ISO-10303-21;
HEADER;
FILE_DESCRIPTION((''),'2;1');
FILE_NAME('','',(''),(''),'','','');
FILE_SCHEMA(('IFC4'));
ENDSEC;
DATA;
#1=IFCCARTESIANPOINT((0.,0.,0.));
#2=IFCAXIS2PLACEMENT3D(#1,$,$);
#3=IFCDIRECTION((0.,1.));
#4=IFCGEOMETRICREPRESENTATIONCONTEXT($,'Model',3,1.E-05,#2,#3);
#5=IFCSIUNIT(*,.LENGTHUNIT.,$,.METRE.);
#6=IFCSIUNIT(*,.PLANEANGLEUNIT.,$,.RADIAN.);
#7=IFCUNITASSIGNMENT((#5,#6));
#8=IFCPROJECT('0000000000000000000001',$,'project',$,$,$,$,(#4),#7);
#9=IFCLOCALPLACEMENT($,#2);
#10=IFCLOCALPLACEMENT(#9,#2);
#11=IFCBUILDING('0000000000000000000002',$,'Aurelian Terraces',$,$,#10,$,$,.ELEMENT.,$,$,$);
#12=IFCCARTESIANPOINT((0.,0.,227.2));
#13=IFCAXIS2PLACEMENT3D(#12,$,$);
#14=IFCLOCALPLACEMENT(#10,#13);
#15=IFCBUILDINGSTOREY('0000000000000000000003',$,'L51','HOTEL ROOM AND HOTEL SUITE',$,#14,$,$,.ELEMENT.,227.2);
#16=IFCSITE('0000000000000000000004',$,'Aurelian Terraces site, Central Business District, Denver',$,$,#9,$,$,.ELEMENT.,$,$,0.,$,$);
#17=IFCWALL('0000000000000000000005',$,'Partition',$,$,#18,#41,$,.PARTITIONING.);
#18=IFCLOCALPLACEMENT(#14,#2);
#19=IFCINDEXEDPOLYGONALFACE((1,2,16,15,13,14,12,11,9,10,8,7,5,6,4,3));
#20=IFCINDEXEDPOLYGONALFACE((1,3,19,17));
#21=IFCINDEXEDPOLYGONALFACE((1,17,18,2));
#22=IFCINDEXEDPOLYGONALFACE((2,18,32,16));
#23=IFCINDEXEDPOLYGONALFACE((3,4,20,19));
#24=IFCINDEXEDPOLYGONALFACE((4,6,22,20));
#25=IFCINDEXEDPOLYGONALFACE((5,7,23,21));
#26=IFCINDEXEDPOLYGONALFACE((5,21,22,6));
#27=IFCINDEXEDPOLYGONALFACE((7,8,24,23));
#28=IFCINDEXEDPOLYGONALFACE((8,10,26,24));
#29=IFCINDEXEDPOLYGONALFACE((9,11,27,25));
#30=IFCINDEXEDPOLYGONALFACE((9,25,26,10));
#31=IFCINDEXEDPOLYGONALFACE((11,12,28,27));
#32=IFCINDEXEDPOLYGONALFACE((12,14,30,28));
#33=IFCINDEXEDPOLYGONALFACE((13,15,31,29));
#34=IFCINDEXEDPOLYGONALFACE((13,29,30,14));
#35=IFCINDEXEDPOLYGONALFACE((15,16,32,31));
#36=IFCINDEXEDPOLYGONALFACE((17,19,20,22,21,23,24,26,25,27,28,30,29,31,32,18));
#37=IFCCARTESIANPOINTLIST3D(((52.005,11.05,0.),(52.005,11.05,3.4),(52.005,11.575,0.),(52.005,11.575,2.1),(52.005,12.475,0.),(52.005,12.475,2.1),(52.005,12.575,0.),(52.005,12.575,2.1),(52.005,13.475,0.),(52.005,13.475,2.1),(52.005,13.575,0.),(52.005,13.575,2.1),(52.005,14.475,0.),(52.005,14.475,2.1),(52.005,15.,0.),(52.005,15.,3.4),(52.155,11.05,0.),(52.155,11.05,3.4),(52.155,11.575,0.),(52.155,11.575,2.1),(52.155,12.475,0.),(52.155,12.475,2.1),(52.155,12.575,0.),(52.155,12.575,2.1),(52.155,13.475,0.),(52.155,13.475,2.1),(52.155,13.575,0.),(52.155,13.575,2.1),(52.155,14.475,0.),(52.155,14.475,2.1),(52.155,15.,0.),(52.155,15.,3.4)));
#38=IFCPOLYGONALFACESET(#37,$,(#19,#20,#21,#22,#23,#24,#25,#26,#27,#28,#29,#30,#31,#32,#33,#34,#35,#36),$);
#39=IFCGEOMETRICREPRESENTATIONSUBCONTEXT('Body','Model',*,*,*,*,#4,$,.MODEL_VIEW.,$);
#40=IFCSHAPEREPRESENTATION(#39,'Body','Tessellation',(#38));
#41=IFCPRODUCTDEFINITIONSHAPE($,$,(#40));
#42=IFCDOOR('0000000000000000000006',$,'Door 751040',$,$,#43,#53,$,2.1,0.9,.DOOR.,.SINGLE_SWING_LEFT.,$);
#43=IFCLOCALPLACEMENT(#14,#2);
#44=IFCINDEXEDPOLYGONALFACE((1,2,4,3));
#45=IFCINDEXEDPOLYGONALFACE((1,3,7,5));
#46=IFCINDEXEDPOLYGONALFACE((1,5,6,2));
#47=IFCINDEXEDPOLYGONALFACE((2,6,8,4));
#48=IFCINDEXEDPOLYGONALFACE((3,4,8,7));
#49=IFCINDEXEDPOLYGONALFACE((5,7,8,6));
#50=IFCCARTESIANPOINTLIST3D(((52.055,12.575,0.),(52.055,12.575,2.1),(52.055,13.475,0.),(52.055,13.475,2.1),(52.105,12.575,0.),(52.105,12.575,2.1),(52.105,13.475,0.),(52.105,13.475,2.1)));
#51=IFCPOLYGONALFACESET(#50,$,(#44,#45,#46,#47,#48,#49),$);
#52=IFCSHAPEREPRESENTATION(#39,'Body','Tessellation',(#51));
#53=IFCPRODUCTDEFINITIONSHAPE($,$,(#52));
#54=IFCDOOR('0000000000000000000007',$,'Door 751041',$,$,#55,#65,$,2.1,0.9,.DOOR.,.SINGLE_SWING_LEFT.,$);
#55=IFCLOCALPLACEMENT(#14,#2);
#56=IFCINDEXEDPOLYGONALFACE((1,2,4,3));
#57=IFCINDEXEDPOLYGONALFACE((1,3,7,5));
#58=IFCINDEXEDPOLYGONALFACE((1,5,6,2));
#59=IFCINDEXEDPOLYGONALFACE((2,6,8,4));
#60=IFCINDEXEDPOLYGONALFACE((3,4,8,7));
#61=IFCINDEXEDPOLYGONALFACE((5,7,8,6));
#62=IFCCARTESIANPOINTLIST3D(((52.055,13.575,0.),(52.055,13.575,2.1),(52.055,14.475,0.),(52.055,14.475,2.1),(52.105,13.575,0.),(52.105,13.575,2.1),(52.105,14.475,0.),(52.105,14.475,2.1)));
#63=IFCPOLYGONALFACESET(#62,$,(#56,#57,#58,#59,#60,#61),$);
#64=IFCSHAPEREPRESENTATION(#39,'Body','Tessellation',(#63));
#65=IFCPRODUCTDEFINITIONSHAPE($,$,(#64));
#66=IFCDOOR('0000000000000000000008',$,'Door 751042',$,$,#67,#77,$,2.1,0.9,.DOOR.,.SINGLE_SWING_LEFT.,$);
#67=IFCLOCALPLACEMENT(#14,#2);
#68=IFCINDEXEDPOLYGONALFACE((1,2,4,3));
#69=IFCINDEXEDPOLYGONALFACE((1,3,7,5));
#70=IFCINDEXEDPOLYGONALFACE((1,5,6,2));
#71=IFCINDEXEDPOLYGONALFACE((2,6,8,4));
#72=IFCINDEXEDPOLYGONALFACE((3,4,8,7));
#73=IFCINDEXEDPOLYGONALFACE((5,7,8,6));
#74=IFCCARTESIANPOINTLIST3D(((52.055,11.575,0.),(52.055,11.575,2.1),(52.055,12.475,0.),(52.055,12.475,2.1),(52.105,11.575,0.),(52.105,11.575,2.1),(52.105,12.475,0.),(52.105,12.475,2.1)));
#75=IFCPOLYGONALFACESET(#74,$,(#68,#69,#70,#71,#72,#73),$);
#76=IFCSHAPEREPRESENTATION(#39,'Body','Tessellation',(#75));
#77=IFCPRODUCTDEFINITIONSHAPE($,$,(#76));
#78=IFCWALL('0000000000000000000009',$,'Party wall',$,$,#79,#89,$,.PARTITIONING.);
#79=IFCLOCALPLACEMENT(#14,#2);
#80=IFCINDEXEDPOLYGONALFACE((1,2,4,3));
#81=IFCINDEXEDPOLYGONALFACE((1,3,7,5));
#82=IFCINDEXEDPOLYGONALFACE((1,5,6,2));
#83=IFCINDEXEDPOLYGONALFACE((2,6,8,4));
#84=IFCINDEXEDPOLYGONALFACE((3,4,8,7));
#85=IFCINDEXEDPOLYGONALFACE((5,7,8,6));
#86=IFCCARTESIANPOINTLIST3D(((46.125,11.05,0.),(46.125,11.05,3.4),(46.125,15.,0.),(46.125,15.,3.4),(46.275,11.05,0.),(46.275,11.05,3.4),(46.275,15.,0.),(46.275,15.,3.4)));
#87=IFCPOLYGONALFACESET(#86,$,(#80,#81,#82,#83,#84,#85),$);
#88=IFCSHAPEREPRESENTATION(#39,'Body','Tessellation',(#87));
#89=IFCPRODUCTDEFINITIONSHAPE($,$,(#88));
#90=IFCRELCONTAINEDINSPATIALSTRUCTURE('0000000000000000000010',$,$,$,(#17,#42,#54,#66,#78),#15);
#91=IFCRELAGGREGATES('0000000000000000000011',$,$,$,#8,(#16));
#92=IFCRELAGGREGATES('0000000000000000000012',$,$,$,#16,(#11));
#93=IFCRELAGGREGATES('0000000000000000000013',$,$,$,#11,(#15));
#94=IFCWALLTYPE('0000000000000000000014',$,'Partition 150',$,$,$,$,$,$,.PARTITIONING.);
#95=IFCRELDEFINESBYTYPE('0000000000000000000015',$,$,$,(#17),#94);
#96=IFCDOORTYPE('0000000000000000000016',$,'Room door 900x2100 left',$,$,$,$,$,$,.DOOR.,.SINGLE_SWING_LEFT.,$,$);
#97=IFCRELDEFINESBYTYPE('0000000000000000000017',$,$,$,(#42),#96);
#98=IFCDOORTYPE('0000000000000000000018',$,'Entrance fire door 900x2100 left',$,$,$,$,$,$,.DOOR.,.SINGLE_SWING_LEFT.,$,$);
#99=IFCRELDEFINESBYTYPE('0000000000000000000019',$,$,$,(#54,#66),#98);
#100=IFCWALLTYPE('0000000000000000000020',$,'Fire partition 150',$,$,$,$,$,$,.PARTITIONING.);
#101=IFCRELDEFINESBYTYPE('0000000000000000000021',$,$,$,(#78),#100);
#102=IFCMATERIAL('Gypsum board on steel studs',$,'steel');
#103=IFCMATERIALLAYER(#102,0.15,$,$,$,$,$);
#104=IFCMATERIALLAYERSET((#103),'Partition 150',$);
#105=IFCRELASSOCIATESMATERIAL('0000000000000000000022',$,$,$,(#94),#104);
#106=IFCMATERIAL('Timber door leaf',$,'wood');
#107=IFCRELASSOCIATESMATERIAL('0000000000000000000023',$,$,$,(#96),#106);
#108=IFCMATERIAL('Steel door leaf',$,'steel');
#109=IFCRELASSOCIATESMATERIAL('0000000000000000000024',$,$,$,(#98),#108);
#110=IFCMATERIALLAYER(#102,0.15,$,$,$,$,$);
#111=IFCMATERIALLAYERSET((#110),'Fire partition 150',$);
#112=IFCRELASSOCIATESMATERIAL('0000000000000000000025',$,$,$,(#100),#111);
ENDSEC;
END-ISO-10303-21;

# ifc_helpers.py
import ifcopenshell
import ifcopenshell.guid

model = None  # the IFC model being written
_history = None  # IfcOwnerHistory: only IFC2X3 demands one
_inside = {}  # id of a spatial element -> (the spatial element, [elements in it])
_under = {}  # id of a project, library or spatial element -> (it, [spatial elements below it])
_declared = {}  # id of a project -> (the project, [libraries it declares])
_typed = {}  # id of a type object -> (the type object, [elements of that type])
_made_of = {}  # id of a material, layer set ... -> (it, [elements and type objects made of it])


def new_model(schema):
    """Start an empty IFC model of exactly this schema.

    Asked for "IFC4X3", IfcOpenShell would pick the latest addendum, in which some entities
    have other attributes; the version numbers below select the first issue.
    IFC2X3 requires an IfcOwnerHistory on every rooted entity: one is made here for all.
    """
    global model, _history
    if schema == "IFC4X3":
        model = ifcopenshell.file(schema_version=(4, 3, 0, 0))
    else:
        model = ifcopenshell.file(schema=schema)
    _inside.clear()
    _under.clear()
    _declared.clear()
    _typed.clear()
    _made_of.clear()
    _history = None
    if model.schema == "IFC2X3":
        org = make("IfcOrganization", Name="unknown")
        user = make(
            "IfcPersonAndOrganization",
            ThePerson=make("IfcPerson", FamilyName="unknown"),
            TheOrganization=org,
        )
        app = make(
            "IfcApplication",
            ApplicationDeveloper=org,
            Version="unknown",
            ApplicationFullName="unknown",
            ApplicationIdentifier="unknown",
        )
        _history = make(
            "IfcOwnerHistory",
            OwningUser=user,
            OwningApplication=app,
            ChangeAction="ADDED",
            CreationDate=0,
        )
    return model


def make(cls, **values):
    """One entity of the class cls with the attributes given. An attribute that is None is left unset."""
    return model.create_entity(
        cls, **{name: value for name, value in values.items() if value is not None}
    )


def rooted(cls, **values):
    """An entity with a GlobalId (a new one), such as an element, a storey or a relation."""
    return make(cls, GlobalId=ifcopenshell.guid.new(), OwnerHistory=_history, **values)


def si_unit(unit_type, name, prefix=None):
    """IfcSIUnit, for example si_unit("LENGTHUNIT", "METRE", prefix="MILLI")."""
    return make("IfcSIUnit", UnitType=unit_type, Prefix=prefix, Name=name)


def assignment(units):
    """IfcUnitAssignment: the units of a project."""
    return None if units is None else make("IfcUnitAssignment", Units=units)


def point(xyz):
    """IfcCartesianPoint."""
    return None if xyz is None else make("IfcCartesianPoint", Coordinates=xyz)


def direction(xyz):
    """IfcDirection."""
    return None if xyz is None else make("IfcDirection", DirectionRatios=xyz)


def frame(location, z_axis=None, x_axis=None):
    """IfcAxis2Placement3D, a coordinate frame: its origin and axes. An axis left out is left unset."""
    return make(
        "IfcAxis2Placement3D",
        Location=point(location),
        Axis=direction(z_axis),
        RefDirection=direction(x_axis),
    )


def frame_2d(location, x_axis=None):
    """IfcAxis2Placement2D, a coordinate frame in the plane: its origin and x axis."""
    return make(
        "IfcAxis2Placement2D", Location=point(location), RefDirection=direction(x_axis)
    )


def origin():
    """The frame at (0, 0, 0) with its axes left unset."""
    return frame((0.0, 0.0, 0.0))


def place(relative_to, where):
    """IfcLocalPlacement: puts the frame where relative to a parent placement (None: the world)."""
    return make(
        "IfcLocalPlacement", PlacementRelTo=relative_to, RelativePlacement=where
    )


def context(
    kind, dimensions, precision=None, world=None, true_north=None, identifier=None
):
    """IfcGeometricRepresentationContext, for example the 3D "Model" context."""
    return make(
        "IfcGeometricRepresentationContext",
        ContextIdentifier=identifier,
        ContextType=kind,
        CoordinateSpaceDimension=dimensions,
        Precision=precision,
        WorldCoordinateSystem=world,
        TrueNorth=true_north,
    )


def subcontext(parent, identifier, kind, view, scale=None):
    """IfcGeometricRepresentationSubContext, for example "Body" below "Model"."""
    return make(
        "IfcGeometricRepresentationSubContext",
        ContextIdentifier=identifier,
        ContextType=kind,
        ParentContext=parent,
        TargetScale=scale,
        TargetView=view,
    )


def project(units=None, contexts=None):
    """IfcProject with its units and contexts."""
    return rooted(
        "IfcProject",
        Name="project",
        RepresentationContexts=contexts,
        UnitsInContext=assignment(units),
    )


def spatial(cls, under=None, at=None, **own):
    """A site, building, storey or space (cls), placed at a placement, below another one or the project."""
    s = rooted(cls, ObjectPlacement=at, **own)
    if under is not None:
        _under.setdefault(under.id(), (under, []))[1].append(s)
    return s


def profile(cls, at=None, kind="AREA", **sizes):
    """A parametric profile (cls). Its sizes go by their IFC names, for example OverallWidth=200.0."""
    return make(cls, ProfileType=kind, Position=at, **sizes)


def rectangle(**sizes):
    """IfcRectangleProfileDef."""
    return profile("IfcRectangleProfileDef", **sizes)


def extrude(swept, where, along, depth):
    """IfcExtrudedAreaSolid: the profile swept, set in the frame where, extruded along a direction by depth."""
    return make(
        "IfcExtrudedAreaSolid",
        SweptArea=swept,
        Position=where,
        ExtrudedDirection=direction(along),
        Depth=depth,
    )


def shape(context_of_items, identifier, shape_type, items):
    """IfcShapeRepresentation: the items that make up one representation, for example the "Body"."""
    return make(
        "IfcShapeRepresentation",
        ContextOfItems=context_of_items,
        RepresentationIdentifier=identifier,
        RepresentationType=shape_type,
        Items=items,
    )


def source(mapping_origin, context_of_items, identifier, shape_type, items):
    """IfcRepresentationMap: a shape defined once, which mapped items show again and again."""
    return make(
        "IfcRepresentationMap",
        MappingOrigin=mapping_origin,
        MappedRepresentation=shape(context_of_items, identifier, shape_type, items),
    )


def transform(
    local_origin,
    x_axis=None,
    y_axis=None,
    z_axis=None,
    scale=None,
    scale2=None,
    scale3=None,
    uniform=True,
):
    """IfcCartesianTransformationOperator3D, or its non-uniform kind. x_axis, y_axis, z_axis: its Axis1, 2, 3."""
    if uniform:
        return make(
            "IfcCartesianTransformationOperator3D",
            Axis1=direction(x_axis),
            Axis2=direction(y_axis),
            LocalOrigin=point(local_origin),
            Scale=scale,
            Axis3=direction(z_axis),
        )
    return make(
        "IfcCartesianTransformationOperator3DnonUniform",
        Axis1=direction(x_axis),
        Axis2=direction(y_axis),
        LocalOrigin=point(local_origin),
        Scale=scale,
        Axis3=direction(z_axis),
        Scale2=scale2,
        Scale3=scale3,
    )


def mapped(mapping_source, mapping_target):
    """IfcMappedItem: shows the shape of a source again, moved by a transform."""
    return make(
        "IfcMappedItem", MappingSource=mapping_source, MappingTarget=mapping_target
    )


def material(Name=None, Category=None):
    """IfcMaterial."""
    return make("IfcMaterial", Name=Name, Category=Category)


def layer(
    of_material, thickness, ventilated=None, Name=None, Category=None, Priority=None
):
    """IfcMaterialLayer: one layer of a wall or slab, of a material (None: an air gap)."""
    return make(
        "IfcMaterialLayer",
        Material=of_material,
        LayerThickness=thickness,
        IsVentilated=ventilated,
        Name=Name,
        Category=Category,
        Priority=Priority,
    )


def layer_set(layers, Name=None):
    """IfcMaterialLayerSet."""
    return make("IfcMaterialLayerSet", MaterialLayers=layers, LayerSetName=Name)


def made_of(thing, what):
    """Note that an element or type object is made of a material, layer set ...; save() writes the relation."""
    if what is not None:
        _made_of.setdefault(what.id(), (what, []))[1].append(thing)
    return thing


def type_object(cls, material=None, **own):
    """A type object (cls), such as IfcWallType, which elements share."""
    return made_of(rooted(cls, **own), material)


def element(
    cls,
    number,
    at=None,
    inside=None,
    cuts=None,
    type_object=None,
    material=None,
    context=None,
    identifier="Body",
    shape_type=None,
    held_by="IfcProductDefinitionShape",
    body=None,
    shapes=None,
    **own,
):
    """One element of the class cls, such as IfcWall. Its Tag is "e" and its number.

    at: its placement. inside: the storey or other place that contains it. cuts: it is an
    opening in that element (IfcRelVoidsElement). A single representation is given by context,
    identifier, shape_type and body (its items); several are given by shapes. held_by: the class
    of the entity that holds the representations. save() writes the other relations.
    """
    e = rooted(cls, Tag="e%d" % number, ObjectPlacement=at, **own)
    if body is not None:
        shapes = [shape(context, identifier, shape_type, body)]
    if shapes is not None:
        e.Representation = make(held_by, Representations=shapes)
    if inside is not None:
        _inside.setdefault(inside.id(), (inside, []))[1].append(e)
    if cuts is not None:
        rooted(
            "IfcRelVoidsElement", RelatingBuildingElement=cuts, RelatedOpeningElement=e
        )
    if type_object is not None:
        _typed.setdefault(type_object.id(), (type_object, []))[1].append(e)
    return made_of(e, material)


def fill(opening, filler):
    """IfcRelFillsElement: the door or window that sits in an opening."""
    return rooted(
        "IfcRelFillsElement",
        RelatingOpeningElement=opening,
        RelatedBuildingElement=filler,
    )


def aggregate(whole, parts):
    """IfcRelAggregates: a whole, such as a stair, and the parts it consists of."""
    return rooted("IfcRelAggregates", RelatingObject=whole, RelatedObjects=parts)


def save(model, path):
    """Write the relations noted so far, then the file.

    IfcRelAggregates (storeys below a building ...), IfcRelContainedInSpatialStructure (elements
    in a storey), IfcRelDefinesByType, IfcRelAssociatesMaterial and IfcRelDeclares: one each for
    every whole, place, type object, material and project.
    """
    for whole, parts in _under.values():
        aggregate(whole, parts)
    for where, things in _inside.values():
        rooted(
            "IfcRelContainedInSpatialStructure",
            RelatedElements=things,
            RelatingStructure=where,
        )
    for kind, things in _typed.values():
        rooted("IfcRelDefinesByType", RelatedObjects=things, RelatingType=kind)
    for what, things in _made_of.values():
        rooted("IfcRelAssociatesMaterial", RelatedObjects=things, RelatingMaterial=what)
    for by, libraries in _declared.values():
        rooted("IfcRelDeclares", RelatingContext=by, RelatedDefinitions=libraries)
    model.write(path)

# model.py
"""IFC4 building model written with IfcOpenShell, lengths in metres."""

from ifc_helpers import new_model, si_unit, direction, frame, frame_2d, origin, place, context, subcontext, project, spatial, rectangle, extrude, source, transform, mapped, material, layer, layer_set, type_object, element, fill, save


model = new_model("IFC4")

# Units and contexts
model_context = context("Model", 3, precision=1e-05, world=origin(), true_north=direction((0.0, 1.0)))
body_context = subcontext(model_context, "Body", "Model", "MODEL_VIEW")
ifc_project = project(units=[si_unit("LENGTHUNIT", "METRE"), si_unit("PLANEANGLEUNIT", "RADIAN")], contexts=[model_context])

# Site, building, storey
site_placement = place(None, origin())
site = spatial("IfcSite", under=ifc_project, at=site_placement, Name="Aurelian Terraces site, Central Business District, Denver", CompositionType="ELEMENT", RefElevation=0.0)
building_placement = place(site_placement, origin())
building = spatial("IfcBuilding", under=site, at=building_placement, Name="Aurelian Terraces", CompositionType="ELEMENT")
storey_placement = place(building_placement, frame((0.0, 0.0, 227.2)))
storey = spatial("IfcBuildingStorey", under=building, at=storey_placement, Name="L51", Description="HOTEL ROOM AND HOTEL SUITE", CompositionType="ELEMENT", Elevation=227.2)

# Shared definitions
ifc_material_1 = material(Name="Gypsum board on steel studs", Category="steel")

# Shared definitions
ifc_layer_1 = layer(ifc_material_1, 0.15)
ifc_layer_set_1 = layer_set([ifc_layer_1], Name="Partition 150")
wall_type_1 = type_object("IfcWallType", Name="Partition 150", PredefinedType="PARTITIONING", material=ifc_layer_set_1)
shared_shape_1 = source(origin(), body_context, "Body", "SweptSolid", [
    extrude(rectangle(XDim=0.9, YDim=2.1, at=frame_2d((0.45, 1.05))), frame((0.0, 0.085, 0.0), z_axis=(0.0, -1.0, 0.0), x_axis=(1.0, 0.0, 0.0)), (0.0, 0.0, 1.0), 0.17),
])
ifc_material_2 = material(Name="Timber door leaf", Category="wood")
door_type_1 = type_object("IfcDoorType", Name="Room door 900x2100 left", OperationType="SINGLE_SWING_LEFT", PredefinedType="DOOR", material=ifc_material_2)
shared_shape_2 = source(origin(), body_context, "Body", "SweptSolid", [
    extrude(rectangle(XDim=0.9, YDim=2.1, at=frame_2d((0.45, 1.05))), frame((0.0, 0.025, 0.0), z_axis=(0.0, -1.0, 0.0), x_axis=(1.0, 0.0, 0.0)), (0.0, 0.0, 1.0), 0.05),
])

# Shared definitions
shared_shape_3 = source(origin(), body_context, "Body", "SweptSolid", [
    extrude(rectangle(XDim=3.95, YDim=0.15, at=frame_2d((1.975, 0.0))), origin(), (0.0, 0.0, 1.0), 3.4),
])

# Wall, openings, doors
wall_1_placement = place(storey_placement, frame((52.08, 11.05, 0.0), z_axis=(0.0, 0.0, 1.0), x_axis=(0.0, 1.0, 0.0)))
wall_1 = element("IfcWall", 1, at=wall_1_placement, inside=storey, type_object=wall_type_1, Name="Partition", PredefinedType="PARTITIONING", context=body_context, shape_type="MappedRepresentation", body=[
    mapped(shared_shape_3, transform((0.0, 0.0, 0.0), scale=1.0)),
])
opening_1_placement = place(wall_1_placement, frame((1.525, 0.0, 0.0)))
opening_1 = element("IfcOpeningElement", 2, at=opening_1_placement, cuts=wall_1, PredefinedType="OPENING", context=body_context, shape_type="MappedRepresentation", body=[
    mapped(shared_shape_1, transform((0.0, 0.0, 0.0), scale=1.0)),
])
opening_2_placement = place(wall_1_placement, frame((2.525, 0.0, 0.0)))
opening_2 = element("IfcOpeningElement", 3, at=opening_2_placement, cuts=wall_1, PredefinedType="OPENING", context=body_context, shape_type="MappedRepresentation", body=[
    mapped(shared_shape_1, transform((0.0, 0.0, 0.0), scale=1.0)),
])
opening_3_placement = place(wall_1_placement, frame((0.525, 0.0, 0.0)))
opening_3 = element("IfcOpeningElement", 4, at=opening_3_placement, cuts=wall_1, PredefinedType="OPENING", context=body_context, shape_type="MappedRepresentation", body=[
    mapped(shared_shape_1, transform((0.0, 0.0, 0.0), scale=1.0)),
])
door_1_placement = place(opening_1_placement, origin())
door_1 = element("IfcDoor", 5, at=door_1_placement, inside=storey, type_object=door_type_1, Name="Door 751040", OperationType="SINGLE_SWING_LEFT", OverallHeight=2.1, OverallWidth=0.9, PredefinedType="DOOR", context=body_context, shape_type="MappedRepresentation", body=[
    mapped(shared_shape_2, transform((0.0, 0.0, 0.0), scale=1.0)),
])
fill(opening_1, door_1)
ifc_material_3 = material(Name="Steel door leaf", Category="steel")
door_type_2 = type_object("IfcDoorType", Name="Entrance fire door 900x2100 left", OperationType="SINGLE_SWING_LEFT", PredefinedType="DOOR", material=ifc_material_3)
door_2_placement = place(opening_2_placement, origin())
door_2 = element("IfcDoor", 6, at=door_2_placement, inside=storey, type_object=door_type_2, Name="Door 751041", OperationType="SINGLE_SWING_LEFT", OverallHeight=2.1, OverallWidth=0.9, PredefinedType="DOOR", context=body_context, shape_type="MappedRepresentation", body=[
    mapped(shared_shape_2, transform((0.0, 0.0, 0.0), scale=1.0)),
])
fill(opening_2, door_2)
door_3_placement = place(opening_3_placement, origin())
door_3 = element("IfcDoor", 7, at=door_3_placement, inside=storey, type_object=door_type_2, Name="Door 751042", OperationType="SINGLE_SWING_LEFT", OverallHeight=2.1, OverallWidth=0.9, PredefinedType="DOOR", context=body_context, shape_type="MappedRepresentation", body=[
    mapped(shared_shape_2, transform((0.0, 0.0, 0.0), scale=1.0)),
])
fill(opening_3, door_3)

# Wall
ifc_layer_2 = layer(ifc_material_1, 0.15)
ifc_layer_set_2 = layer_set([ifc_layer_2], Name="Fire partition 150")
wall_type_2 = type_object("IfcWallType", Name="Fire partition 150", PredefinedType="PARTITIONING", material=ifc_layer_set_2)
wall_2_placement = place(storey_placement, frame((46.2, 11.05, 0.0), z_axis=(0.0, 0.0, 1.0), x_axis=(0.0, 1.0, 0.0)))
element("IfcWall", 8, at=wall_2_placement, inside=storey, type_object=wall_type_2, Name="Party wall", PredefinedType="PARTITIONING", context=body_context, shape_type="MappedRepresentation", body=[
    mapped(shared_shape_3, transform((0.0, 0.0, 0.0), scale=1.0)),
])

save(model, "model.ifc")
